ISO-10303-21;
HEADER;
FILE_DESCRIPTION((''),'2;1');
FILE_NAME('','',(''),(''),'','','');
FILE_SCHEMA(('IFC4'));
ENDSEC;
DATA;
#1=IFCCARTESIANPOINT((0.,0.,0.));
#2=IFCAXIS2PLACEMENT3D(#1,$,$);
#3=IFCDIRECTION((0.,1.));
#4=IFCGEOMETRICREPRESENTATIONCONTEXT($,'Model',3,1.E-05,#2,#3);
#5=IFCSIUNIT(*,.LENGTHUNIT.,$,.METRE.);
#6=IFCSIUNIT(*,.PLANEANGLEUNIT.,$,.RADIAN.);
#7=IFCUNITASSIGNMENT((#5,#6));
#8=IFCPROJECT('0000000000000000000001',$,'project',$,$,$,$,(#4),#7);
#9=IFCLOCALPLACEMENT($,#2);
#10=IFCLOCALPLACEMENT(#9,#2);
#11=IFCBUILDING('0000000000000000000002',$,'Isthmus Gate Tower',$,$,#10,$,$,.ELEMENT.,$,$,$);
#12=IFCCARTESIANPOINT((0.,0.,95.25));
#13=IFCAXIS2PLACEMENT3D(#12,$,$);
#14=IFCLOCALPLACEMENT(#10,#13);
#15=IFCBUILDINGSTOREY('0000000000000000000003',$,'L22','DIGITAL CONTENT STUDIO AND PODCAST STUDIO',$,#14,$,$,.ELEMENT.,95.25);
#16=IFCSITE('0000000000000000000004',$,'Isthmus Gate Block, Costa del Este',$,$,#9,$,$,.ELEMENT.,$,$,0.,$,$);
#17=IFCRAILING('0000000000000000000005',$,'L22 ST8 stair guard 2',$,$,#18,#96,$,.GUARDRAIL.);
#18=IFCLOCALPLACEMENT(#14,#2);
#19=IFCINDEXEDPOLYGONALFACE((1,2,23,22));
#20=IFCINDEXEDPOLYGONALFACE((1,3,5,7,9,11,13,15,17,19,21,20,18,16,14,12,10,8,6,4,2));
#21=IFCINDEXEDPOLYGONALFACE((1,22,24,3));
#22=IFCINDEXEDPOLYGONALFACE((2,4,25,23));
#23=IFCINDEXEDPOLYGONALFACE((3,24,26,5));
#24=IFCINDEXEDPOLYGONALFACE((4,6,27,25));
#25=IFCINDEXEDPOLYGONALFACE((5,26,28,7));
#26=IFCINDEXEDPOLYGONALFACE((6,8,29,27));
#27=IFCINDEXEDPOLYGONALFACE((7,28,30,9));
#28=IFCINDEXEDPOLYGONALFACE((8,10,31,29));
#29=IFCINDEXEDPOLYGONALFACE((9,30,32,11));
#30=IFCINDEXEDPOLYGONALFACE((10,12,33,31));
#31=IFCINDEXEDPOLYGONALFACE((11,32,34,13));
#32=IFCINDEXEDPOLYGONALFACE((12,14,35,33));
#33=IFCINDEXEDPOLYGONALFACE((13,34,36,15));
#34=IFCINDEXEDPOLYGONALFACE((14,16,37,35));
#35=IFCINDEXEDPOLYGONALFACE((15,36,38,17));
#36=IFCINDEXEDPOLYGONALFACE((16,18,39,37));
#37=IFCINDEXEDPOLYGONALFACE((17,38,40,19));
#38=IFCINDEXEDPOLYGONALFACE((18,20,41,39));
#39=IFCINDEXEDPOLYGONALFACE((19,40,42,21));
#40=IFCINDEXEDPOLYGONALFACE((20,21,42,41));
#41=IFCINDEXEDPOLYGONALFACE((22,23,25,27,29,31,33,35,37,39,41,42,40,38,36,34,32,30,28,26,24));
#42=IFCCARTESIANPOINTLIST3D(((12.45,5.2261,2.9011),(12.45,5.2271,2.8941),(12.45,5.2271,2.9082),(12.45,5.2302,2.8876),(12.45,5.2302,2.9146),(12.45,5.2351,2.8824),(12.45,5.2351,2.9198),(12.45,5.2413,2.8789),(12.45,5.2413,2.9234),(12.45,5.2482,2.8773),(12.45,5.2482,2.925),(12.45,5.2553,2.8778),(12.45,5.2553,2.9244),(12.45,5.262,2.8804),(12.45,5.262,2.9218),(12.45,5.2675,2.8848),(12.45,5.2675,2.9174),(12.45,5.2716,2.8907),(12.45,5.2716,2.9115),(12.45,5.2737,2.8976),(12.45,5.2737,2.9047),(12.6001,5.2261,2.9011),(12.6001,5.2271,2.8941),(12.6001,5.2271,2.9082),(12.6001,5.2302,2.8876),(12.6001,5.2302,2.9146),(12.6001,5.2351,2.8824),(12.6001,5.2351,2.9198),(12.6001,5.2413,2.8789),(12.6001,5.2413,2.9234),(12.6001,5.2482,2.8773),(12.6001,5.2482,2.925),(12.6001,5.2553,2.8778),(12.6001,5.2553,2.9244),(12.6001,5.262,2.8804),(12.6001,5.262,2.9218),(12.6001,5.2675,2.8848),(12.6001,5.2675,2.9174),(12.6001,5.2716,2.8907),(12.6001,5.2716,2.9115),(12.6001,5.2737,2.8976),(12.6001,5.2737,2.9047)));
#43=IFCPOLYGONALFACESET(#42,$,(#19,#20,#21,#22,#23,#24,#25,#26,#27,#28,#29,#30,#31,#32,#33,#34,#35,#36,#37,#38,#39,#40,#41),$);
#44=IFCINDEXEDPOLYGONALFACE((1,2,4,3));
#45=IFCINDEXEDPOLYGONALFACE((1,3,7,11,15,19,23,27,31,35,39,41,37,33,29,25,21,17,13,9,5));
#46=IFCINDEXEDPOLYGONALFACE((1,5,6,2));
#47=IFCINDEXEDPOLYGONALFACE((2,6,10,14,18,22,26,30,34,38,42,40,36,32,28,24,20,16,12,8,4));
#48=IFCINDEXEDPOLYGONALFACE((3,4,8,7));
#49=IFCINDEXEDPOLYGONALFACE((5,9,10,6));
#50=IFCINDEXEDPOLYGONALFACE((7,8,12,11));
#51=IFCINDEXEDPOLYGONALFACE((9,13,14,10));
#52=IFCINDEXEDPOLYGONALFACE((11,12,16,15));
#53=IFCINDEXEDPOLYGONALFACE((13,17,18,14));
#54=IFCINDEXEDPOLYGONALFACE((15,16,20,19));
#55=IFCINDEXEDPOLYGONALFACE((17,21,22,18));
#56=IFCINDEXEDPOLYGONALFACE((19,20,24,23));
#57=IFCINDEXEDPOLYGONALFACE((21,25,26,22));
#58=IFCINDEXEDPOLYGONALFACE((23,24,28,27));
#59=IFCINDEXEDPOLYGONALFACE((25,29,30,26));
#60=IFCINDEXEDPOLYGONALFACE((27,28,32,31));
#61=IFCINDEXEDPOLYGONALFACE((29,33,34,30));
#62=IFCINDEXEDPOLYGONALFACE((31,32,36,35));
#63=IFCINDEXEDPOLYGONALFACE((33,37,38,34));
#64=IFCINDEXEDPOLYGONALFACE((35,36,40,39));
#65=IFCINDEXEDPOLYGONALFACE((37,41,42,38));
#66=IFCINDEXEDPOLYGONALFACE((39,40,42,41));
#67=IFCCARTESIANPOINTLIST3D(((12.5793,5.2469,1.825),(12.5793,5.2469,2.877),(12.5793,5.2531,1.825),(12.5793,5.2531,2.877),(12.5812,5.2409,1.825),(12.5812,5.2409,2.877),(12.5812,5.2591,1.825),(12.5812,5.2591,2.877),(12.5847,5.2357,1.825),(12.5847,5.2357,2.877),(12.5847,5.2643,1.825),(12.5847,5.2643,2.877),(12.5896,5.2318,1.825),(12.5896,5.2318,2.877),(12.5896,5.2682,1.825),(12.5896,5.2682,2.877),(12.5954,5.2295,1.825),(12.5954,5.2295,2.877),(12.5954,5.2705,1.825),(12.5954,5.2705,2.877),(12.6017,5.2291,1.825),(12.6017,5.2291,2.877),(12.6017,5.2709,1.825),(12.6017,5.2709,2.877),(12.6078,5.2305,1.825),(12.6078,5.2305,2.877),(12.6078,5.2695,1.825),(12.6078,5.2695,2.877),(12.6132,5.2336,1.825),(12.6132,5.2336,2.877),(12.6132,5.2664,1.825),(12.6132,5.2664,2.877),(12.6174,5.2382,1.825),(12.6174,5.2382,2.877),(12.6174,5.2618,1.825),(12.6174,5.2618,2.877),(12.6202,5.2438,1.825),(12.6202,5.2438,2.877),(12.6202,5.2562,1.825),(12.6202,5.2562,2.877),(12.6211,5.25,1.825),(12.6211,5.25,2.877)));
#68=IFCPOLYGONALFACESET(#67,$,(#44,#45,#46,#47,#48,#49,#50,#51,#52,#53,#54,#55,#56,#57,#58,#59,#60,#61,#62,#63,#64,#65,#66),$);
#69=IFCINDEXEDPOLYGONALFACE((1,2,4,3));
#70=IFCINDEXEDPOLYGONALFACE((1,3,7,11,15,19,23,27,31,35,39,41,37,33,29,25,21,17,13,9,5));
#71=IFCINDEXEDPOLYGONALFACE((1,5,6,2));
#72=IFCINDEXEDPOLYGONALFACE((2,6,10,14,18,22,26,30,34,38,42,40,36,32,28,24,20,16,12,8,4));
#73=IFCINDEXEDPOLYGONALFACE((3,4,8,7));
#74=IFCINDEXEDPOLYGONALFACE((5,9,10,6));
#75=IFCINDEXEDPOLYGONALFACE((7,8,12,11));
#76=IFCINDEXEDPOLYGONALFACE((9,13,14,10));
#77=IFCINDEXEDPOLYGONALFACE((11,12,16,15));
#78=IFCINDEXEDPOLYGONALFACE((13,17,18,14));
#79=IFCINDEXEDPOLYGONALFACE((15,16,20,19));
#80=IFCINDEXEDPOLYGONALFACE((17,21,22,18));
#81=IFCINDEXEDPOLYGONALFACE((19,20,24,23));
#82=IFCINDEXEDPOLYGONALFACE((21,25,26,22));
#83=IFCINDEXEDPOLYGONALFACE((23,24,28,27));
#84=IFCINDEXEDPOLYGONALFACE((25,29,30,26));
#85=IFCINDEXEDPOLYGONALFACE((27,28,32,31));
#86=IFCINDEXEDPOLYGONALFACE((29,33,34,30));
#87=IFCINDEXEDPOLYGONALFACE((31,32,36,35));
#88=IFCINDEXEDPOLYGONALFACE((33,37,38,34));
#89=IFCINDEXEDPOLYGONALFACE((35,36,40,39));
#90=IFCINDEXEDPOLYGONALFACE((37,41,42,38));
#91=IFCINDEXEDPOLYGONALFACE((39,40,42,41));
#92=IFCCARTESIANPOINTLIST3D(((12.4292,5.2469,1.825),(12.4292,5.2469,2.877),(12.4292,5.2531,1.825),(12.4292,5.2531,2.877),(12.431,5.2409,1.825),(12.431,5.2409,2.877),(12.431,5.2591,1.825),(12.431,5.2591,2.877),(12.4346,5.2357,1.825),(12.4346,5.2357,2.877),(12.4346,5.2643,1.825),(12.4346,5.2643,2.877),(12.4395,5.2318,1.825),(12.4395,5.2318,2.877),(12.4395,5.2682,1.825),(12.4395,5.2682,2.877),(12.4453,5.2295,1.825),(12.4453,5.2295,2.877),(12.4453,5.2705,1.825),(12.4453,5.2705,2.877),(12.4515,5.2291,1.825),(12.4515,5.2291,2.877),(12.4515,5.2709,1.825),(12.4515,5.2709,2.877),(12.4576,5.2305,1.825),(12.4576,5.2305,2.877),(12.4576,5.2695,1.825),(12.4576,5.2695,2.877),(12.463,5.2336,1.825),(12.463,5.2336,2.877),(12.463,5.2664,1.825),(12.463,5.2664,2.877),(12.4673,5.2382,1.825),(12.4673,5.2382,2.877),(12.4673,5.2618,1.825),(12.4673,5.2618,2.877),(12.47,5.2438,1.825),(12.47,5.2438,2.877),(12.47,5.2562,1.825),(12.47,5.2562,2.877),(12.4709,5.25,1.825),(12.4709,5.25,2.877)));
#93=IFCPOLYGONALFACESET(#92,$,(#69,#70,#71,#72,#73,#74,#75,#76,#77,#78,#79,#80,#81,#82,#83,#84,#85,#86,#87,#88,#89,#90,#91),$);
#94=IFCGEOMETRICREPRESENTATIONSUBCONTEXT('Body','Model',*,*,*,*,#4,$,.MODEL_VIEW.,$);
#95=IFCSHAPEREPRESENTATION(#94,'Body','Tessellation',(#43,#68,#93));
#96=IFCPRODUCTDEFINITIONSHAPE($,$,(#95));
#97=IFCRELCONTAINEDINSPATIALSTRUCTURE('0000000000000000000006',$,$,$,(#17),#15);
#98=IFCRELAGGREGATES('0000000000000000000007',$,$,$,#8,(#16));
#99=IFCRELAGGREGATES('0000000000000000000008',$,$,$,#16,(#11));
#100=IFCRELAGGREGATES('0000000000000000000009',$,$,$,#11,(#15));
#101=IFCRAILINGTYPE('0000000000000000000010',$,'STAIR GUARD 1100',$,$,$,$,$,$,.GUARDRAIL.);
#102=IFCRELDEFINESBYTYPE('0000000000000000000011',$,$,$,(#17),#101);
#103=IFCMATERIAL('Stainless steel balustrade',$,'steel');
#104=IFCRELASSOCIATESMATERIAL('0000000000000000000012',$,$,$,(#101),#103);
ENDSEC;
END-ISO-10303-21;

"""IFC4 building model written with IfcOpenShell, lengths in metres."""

from ifc_helpers import new_model, si_unit, direction, frame, origin, origin_2d, place, context, subcontext, project, spatial, circle, extrude, material, type_object, element, save


model = new_model("IFC4")

# Units and contexts
model_context = context("Model", 3, precision=1e-05, world=origin(), true_north=direction((0.0, 1.0)))
body_context = subcontext(model_context, "Body", "Model", "MODEL_VIEW")
ifc_project = project(units=[si_unit("LENGTHUNIT", "METRE"), si_unit("PLANEANGLEUNIT", "RADIAN")], contexts=[model_context])

# Site, building, storey
site_placement = place(None, origin())
site = spatial("IfcSite", under=ifc_project, at=site_placement, Name="Isthmus Gate Block, Costa del Este", CompositionType="ELEMENT", RefElevation=0.0)
building_placement = place(site_placement, origin())
building = spatial("IfcBuilding", under=site, at=building_placement, Name="Isthmus Gate Tower", CompositionType="ELEMENT")
storey_placement = place(building_placement, frame((0.0, 0.0, 95.25)))
storey = spatial("IfcBuildingStorey", under=building, at=storey_placement, Name="L22", Description="DIGITAL CONTENT STUDIO AND PODCAST STUDIO", CompositionType="ELEMENT", Elevation=95.25)

# Railing
ifc_material_1 = material(Name="Stainless steel balustrade", Category="steel")
railing_type_1 = type_object("IfcRailingType", Name="STAIR GUARD 1100", PredefinedType="GUARDRAIL", material=ifc_material_1)
railing_1_placement = place(storey_placement, frame((12.6001, 5.25, 1.825)))
element("IfcRailing", 1, at=railing_1_placement, inside=storey, type_object=railing_type_1, Name="L22 ST8 stair guard 2", PredefinedType="GUARDRAIL", context=body_context, shape_type="SweptSolid", body=[
    extrude(circle(Radius=0.0239, at=origin_2d()), frame((0.0, 0.0, 1.0762), z_axis=(-1.0, 0.0, 0.0), x_axis=(0.0, -1.0, 0.0)), (0.0, 0.0, 1.0), 0.1501),
    extrude(circle(Radius=0.021, at=origin_2d()), origin(), (0.0, 0.0, 1.0), 1.052),
    extrude(circle(Radius=0.021, at=origin_2d()), frame((-0.1501, 0.0, 0.0)), (0.0, 0.0, 1.0), 1.052),
])

save(model, "model.ifc")
